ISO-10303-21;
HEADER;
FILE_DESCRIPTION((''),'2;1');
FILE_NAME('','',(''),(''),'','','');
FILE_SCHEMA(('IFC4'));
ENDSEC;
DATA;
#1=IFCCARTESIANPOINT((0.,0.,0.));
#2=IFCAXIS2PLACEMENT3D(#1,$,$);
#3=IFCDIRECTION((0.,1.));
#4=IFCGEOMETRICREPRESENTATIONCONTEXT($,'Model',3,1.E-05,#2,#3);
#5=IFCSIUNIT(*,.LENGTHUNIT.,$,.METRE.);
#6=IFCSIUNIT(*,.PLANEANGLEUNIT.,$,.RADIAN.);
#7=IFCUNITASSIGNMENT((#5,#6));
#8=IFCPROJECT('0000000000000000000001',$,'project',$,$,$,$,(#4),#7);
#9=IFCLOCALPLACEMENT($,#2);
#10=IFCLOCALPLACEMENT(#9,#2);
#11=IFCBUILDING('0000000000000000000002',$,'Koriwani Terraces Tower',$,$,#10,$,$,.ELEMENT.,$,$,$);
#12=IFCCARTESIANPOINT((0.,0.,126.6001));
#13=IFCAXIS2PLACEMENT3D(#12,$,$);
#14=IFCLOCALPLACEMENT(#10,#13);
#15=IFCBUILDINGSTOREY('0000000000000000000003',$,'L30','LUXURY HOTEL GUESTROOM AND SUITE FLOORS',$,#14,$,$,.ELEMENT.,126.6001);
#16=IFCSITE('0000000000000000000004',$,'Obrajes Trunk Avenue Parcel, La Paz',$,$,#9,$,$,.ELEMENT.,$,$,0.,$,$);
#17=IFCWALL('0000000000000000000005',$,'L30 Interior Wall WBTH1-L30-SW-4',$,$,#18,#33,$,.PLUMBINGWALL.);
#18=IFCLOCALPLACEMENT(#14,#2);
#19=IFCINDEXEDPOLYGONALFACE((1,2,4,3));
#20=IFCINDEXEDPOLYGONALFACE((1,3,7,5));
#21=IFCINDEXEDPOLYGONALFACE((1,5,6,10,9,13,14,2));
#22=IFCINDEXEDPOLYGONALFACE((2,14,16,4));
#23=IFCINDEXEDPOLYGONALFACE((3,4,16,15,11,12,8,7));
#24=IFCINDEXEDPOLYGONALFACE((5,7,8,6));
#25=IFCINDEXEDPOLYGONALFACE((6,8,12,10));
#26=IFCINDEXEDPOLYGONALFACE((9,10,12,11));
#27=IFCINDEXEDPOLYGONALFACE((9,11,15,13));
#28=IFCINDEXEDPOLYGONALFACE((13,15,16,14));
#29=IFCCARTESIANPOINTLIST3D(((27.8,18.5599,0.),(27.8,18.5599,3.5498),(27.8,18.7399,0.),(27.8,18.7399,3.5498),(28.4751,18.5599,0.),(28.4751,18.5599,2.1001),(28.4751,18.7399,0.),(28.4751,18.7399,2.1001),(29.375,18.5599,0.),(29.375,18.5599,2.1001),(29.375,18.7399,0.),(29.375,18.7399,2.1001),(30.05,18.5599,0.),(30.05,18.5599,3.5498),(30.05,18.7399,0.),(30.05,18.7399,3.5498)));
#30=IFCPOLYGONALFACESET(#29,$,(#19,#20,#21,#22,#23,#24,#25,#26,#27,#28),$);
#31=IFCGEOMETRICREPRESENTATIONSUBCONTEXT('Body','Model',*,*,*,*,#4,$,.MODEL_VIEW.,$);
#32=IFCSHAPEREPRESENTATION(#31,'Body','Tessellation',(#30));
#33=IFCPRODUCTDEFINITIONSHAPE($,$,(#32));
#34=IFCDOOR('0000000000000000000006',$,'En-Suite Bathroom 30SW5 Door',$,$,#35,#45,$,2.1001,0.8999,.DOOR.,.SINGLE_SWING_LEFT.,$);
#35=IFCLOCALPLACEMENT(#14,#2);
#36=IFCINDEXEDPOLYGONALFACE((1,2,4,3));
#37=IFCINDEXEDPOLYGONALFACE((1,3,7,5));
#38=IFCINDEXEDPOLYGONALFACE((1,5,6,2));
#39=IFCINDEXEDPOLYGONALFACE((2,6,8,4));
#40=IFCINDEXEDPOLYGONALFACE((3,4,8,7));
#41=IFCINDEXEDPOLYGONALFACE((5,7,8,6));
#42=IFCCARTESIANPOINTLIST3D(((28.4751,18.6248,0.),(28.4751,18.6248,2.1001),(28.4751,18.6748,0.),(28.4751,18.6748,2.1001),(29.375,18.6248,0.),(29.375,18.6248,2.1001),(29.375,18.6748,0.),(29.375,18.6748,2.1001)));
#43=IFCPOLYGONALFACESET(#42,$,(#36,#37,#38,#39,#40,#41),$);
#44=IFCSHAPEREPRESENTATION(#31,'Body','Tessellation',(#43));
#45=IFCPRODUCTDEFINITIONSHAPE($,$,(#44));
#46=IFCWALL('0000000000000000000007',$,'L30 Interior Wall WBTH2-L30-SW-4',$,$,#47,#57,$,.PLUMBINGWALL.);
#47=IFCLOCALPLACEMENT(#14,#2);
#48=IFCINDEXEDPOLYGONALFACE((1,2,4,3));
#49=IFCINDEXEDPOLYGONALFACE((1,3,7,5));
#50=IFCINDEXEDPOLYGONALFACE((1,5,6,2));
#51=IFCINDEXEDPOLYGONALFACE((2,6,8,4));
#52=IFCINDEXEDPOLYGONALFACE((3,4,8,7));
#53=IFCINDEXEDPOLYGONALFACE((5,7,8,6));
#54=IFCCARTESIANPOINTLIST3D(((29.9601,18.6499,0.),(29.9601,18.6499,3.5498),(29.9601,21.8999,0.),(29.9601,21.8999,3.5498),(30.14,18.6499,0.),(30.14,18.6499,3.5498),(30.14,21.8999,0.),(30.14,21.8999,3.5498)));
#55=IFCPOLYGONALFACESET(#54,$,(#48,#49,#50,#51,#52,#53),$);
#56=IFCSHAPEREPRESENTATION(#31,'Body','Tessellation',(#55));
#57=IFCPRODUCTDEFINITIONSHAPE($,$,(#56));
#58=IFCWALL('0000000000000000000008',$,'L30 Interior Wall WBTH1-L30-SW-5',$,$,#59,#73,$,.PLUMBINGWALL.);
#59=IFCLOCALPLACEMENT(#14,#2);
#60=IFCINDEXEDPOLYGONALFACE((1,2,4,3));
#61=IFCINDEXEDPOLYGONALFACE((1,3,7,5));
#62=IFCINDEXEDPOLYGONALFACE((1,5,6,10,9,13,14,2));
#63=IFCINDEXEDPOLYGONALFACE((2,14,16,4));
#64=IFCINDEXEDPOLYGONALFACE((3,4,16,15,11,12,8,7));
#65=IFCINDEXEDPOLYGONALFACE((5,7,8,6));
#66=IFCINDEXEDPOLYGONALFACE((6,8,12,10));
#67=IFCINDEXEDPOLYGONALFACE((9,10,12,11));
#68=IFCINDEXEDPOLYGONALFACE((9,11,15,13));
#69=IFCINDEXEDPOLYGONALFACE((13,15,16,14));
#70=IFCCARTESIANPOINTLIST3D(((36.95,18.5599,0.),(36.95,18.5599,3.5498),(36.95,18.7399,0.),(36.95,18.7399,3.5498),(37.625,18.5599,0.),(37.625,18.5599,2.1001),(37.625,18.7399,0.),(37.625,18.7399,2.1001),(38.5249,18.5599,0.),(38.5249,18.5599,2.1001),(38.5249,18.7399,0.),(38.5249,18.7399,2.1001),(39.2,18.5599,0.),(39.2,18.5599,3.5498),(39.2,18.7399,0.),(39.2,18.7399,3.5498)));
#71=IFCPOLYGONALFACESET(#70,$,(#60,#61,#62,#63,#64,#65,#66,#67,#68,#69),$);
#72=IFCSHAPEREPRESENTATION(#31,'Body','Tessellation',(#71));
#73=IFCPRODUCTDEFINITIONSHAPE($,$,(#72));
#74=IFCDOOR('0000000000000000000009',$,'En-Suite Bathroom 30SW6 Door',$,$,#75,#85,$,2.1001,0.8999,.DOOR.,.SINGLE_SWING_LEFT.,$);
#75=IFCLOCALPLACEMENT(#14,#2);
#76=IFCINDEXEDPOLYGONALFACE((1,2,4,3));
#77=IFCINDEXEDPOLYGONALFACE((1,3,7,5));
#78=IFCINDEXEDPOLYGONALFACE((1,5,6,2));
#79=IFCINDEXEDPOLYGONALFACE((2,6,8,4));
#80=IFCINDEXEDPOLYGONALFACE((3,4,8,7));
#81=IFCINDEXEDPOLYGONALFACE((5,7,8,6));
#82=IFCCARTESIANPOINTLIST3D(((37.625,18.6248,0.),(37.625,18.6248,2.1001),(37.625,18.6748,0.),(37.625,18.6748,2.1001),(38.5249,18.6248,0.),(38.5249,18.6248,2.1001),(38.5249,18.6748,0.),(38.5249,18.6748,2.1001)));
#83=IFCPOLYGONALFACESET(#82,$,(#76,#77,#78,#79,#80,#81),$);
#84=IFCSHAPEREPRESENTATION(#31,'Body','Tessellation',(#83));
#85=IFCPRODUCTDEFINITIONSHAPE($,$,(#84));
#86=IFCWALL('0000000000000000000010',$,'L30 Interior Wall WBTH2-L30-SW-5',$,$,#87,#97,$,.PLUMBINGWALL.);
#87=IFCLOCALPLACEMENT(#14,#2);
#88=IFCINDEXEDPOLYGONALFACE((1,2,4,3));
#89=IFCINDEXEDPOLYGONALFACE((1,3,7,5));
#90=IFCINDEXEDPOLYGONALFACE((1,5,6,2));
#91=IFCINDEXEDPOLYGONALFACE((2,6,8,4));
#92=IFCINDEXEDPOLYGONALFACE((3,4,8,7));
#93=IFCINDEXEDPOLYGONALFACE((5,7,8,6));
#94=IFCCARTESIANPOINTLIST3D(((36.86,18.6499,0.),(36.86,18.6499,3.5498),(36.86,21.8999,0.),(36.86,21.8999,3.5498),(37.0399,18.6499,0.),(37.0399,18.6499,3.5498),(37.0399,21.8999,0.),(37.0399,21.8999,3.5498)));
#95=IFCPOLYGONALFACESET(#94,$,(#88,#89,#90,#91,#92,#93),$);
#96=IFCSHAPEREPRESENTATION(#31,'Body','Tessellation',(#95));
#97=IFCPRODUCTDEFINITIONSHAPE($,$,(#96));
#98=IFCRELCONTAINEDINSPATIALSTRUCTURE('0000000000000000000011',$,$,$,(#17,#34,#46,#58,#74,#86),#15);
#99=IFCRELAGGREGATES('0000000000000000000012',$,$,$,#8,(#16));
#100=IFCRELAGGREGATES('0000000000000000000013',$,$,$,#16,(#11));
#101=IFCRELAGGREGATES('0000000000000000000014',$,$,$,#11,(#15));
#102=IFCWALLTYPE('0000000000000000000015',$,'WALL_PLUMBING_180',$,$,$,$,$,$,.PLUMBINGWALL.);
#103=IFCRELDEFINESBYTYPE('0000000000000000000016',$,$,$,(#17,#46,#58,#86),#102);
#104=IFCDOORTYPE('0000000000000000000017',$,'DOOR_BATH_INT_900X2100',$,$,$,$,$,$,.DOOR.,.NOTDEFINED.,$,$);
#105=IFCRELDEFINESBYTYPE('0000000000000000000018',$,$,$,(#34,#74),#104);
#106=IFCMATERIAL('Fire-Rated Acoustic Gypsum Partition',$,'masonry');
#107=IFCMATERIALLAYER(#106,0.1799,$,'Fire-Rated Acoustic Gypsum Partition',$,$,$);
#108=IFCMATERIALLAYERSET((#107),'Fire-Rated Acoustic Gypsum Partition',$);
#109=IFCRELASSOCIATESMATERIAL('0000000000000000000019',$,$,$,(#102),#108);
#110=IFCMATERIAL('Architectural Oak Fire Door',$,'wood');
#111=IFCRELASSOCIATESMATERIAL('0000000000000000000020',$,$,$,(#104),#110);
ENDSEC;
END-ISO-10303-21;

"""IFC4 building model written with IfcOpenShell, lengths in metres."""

from ifc_helpers import new_model, si_unit, direction, frame, frame_2d, origin, place, context, subcontext, project, spatial, rectangle, extrude, material, layer, layer_set, type_object, element, fill, save


model = new_model("IFC4")

# Units and contexts
model_context = context("Model", 3, precision=1e-05, world=origin(), true_north=direction((0.0, 1.0)))
body_context = subcontext(model_context, "Body", "Model", "MODEL_VIEW")
ifc_project = project(units=[si_unit("LENGTHUNIT", "METRE"), si_unit("PLANEANGLEUNIT", "RADIAN")], contexts=[model_context])

# Site, building, storey
site_placement = place(None, origin())
site = spatial("IfcSite", under=ifc_project, at=site_placement, Name="Obrajes Trunk Avenue Parcel, La Paz", CompositionType="ELEMENT", RefElevation=0.0)
building_placement = place(site_placement, origin())
building = spatial("IfcBuilding", under=site, at=building_placement, Name="Koriwani Terraces Tower", CompositionType="ELEMENT")
storey_placement = place(building_placement, frame((0.0, 0.0, 126.6001)))
storey = spatial("IfcBuildingStorey", under=building, at=storey_placement, Name="L30", Description="LUXURY HOTEL GUESTROOM AND SUITE FLOORS", CompositionType="ELEMENT", Elevation=126.6001)

# Wall, opening, door
ifc_material_1 = material(Name="Fire-Rated Acoustic Gypsum Partition", Category="masonry")
ifc_layer_1 = layer(ifc_material_1, 0.1799, Name="Fire-Rated Acoustic Gypsum Partition")
ifc_layer_set_1 = layer_set([ifc_layer_1], Name="Fire-Rated Acoustic Gypsum Partition")
wall_type_1 = type_object("IfcWallType", Name="WALL_PLUMBING_180", PredefinedType="PLUMBINGWALL", material=ifc_layer_set_1)
wall_1_placement = place(storey_placement, frame((27.8, 18.6499, 0.0), z_axis=(0.0, 0.0, 1.0), x_axis=(1.0, 0.0, 0.0)))
wall_1 = element("IfcWall", 1, at=wall_1_placement, inside=storey, type_object=wall_type_1, Name="L30 Interior Wall WBTH1-L30-SW-4", PredefinedType="PLUMBINGWALL", context=body_context, shape_type="SweptSolid", body=[
    extrude(rectangle(XDim=2.25, YDim=0.1799, at=frame_2d((1.125, 0.0))), origin(), (0.0, 0.0, 1.0), 3.5498),
])
opening_1_placement = place(wall_1_placement, frame((0.675, 0.0, 0.0)))
opening_1 = element("IfcOpeningElement", 2, at=opening_1_placement, cuts=wall_1, PredefinedType="OPENING", context=body_context, shape_type="SweptSolid", body=[
    extrude(rectangle(XDim=0.8999, YDim=2.1001, at=frame_2d((0.45, 1.05))), frame((0.0, 0.1001, 0.0), z_axis=(0.0, -1.0, 0.0), x_axis=(1.0, 0.0, 0.0)), (0.0, 0.0, 1.0), 0.2),
])
ifc_material_2 = material(Name="Architectural Oak Fire Door", Category="wood")
door_type_1 = type_object("IfcDoorType", Name="DOOR_BATH_INT_900X2100", OperationType="NOTDEFINED", PredefinedType="DOOR", material=ifc_material_2)
door_1_placement = place(opening_1_placement, origin())
door_1 = element("IfcDoor", 3, at=door_1_placement, inside=storey, type_object=door_type_1, Name="En-Suite Bathroom 30SW5 Door", OperationType="SINGLE_SWING_LEFT", OverallHeight=2.1001, OverallWidth=0.8999, PredefinedType="DOOR", context=body_context, shape_type="SweptSolid", body=[
    extrude(rectangle(XDim=0.8999, YDim=2.1001, at=frame_2d((0.45, 1.05))), frame((0.0, 0.0249, 0.0), z_axis=(0.0, -1.0, 0.0), x_axis=(1.0, 0.0, 0.0)), (0.0, 0.0, 1.0), 0.05),
])
fill(opening_1, door_1)

# Wall
wall_2_placement = place(storey_placement, frame((30.05, 18.6499, 0.0), z_axis=(0.0, 0.0, 1.0), x_axis=(0.0, 1.0, 0.0)))
element("IfcWall", 4, at=wall_2_placement, inside=storey, type_object=wall_type_1, Name="L30 Interior Wall WBTH2-L30-SW-4", PredefinedType="PLUMBINGWALL", context=body_context, shape_type="SweptSolid", body=[
    extrude(rectangle(XDim=3.25, YDim=0.1799, at=frame_2d((1.625, 0.0))), origin(), (0.0, 0.0, 1.0), 3.5498),
])

# Wall, opening, door
wall_3_placement = place(storey_placement, frame((36.95, 18.6499, 0.0), z_axis=(0.0, 0.0, 1.0), x_axis=(1.0, 0.0, 0.0)))
wall_3 = element("IfcWall", 5, at=wall_3_placement, inside=storey, type_object=wall_type_1, Name="L30 Interior Wall WBTH1-L30-SW-5", PredefinedType="PLUMBINGWALL", context=body_context, shape_type="SweptSolid", body=[
    extrude(rectangle(XDim=2.25, YDim=0.1799, at=frame_2d((1.125, 0.0))), origin(), (0.0, 0.0, 1.0), 3.5498),
])
opening_2_placement = place(wall_3_placement, frame((0.675, 0.0, 0.0)))
opening_2 = element("IfcOpeningElement", 6, at=opening_2_placement, cuts=wall_3, PredefinedType="OPENING", context=body_context, shape_type="SweptSolid", body=[
    extrude(rectangle(XDim=0.8999, YDim=2.1001, at=frame_2d((0.45, 1.05))), frame((0.0, 0.1001, 0.0), z_axis=(0.0, -1.0, 0.0), x_axis=(1.0, 0.0, 0.0)), (0.0, 0.0, 1.0), 0.2),
])
door_2_placement = place(opening_2_placement, origin())
door_2 = element("IfcDoor", 7, at=door_2_placement, inside=storey, type_object=door_type_1, Name="En-Suite Bathroom 30SW6 Door", OperationType="SINGLE_SWING_LEFT", OverallHeight=2.1001, OverallWidth=0.8999, PredefinedType="DOOR", context=body_context, shape_type="SweptSolid", body=[
    extrude(rectangle(XDim=0.8999, YDim=2.1001, at=frame_2d((0.45, 1.05))), frame((0.0, 0.0249, 0.0), z_axis=(0.0, -1.0, 0.0), x_axis=(1.0, 0.0, 0.0)), (0.0, 0.0, 1.0), 0.05),
])
fill(opening_2, door_2)

# Wall
wall_4_placement = place(storey_placement, frame((36.95, 18.6499, 0.0), z_axis=(0.0, 0.0, 1.0), x_axis=(0.0, 1.0, 0.0)))
element("IfcWall", 8, at=wall_4_placement, inside=storey, type_object=wall_type_1, Name="L30 Interior Wall WBTH2-L30-SW-5", PredefinedType="PLUMBINGWALL", context=body_context, shape_type="SweptSolid", body=[
    extrude(rectangle(XDim=3.25, YDim=0.1799, at=frame_2d((1.625, 0.0))), origin(), (0.0, 0.0, 1.0), 3.5498),
])

save(model, "model.ifc")
